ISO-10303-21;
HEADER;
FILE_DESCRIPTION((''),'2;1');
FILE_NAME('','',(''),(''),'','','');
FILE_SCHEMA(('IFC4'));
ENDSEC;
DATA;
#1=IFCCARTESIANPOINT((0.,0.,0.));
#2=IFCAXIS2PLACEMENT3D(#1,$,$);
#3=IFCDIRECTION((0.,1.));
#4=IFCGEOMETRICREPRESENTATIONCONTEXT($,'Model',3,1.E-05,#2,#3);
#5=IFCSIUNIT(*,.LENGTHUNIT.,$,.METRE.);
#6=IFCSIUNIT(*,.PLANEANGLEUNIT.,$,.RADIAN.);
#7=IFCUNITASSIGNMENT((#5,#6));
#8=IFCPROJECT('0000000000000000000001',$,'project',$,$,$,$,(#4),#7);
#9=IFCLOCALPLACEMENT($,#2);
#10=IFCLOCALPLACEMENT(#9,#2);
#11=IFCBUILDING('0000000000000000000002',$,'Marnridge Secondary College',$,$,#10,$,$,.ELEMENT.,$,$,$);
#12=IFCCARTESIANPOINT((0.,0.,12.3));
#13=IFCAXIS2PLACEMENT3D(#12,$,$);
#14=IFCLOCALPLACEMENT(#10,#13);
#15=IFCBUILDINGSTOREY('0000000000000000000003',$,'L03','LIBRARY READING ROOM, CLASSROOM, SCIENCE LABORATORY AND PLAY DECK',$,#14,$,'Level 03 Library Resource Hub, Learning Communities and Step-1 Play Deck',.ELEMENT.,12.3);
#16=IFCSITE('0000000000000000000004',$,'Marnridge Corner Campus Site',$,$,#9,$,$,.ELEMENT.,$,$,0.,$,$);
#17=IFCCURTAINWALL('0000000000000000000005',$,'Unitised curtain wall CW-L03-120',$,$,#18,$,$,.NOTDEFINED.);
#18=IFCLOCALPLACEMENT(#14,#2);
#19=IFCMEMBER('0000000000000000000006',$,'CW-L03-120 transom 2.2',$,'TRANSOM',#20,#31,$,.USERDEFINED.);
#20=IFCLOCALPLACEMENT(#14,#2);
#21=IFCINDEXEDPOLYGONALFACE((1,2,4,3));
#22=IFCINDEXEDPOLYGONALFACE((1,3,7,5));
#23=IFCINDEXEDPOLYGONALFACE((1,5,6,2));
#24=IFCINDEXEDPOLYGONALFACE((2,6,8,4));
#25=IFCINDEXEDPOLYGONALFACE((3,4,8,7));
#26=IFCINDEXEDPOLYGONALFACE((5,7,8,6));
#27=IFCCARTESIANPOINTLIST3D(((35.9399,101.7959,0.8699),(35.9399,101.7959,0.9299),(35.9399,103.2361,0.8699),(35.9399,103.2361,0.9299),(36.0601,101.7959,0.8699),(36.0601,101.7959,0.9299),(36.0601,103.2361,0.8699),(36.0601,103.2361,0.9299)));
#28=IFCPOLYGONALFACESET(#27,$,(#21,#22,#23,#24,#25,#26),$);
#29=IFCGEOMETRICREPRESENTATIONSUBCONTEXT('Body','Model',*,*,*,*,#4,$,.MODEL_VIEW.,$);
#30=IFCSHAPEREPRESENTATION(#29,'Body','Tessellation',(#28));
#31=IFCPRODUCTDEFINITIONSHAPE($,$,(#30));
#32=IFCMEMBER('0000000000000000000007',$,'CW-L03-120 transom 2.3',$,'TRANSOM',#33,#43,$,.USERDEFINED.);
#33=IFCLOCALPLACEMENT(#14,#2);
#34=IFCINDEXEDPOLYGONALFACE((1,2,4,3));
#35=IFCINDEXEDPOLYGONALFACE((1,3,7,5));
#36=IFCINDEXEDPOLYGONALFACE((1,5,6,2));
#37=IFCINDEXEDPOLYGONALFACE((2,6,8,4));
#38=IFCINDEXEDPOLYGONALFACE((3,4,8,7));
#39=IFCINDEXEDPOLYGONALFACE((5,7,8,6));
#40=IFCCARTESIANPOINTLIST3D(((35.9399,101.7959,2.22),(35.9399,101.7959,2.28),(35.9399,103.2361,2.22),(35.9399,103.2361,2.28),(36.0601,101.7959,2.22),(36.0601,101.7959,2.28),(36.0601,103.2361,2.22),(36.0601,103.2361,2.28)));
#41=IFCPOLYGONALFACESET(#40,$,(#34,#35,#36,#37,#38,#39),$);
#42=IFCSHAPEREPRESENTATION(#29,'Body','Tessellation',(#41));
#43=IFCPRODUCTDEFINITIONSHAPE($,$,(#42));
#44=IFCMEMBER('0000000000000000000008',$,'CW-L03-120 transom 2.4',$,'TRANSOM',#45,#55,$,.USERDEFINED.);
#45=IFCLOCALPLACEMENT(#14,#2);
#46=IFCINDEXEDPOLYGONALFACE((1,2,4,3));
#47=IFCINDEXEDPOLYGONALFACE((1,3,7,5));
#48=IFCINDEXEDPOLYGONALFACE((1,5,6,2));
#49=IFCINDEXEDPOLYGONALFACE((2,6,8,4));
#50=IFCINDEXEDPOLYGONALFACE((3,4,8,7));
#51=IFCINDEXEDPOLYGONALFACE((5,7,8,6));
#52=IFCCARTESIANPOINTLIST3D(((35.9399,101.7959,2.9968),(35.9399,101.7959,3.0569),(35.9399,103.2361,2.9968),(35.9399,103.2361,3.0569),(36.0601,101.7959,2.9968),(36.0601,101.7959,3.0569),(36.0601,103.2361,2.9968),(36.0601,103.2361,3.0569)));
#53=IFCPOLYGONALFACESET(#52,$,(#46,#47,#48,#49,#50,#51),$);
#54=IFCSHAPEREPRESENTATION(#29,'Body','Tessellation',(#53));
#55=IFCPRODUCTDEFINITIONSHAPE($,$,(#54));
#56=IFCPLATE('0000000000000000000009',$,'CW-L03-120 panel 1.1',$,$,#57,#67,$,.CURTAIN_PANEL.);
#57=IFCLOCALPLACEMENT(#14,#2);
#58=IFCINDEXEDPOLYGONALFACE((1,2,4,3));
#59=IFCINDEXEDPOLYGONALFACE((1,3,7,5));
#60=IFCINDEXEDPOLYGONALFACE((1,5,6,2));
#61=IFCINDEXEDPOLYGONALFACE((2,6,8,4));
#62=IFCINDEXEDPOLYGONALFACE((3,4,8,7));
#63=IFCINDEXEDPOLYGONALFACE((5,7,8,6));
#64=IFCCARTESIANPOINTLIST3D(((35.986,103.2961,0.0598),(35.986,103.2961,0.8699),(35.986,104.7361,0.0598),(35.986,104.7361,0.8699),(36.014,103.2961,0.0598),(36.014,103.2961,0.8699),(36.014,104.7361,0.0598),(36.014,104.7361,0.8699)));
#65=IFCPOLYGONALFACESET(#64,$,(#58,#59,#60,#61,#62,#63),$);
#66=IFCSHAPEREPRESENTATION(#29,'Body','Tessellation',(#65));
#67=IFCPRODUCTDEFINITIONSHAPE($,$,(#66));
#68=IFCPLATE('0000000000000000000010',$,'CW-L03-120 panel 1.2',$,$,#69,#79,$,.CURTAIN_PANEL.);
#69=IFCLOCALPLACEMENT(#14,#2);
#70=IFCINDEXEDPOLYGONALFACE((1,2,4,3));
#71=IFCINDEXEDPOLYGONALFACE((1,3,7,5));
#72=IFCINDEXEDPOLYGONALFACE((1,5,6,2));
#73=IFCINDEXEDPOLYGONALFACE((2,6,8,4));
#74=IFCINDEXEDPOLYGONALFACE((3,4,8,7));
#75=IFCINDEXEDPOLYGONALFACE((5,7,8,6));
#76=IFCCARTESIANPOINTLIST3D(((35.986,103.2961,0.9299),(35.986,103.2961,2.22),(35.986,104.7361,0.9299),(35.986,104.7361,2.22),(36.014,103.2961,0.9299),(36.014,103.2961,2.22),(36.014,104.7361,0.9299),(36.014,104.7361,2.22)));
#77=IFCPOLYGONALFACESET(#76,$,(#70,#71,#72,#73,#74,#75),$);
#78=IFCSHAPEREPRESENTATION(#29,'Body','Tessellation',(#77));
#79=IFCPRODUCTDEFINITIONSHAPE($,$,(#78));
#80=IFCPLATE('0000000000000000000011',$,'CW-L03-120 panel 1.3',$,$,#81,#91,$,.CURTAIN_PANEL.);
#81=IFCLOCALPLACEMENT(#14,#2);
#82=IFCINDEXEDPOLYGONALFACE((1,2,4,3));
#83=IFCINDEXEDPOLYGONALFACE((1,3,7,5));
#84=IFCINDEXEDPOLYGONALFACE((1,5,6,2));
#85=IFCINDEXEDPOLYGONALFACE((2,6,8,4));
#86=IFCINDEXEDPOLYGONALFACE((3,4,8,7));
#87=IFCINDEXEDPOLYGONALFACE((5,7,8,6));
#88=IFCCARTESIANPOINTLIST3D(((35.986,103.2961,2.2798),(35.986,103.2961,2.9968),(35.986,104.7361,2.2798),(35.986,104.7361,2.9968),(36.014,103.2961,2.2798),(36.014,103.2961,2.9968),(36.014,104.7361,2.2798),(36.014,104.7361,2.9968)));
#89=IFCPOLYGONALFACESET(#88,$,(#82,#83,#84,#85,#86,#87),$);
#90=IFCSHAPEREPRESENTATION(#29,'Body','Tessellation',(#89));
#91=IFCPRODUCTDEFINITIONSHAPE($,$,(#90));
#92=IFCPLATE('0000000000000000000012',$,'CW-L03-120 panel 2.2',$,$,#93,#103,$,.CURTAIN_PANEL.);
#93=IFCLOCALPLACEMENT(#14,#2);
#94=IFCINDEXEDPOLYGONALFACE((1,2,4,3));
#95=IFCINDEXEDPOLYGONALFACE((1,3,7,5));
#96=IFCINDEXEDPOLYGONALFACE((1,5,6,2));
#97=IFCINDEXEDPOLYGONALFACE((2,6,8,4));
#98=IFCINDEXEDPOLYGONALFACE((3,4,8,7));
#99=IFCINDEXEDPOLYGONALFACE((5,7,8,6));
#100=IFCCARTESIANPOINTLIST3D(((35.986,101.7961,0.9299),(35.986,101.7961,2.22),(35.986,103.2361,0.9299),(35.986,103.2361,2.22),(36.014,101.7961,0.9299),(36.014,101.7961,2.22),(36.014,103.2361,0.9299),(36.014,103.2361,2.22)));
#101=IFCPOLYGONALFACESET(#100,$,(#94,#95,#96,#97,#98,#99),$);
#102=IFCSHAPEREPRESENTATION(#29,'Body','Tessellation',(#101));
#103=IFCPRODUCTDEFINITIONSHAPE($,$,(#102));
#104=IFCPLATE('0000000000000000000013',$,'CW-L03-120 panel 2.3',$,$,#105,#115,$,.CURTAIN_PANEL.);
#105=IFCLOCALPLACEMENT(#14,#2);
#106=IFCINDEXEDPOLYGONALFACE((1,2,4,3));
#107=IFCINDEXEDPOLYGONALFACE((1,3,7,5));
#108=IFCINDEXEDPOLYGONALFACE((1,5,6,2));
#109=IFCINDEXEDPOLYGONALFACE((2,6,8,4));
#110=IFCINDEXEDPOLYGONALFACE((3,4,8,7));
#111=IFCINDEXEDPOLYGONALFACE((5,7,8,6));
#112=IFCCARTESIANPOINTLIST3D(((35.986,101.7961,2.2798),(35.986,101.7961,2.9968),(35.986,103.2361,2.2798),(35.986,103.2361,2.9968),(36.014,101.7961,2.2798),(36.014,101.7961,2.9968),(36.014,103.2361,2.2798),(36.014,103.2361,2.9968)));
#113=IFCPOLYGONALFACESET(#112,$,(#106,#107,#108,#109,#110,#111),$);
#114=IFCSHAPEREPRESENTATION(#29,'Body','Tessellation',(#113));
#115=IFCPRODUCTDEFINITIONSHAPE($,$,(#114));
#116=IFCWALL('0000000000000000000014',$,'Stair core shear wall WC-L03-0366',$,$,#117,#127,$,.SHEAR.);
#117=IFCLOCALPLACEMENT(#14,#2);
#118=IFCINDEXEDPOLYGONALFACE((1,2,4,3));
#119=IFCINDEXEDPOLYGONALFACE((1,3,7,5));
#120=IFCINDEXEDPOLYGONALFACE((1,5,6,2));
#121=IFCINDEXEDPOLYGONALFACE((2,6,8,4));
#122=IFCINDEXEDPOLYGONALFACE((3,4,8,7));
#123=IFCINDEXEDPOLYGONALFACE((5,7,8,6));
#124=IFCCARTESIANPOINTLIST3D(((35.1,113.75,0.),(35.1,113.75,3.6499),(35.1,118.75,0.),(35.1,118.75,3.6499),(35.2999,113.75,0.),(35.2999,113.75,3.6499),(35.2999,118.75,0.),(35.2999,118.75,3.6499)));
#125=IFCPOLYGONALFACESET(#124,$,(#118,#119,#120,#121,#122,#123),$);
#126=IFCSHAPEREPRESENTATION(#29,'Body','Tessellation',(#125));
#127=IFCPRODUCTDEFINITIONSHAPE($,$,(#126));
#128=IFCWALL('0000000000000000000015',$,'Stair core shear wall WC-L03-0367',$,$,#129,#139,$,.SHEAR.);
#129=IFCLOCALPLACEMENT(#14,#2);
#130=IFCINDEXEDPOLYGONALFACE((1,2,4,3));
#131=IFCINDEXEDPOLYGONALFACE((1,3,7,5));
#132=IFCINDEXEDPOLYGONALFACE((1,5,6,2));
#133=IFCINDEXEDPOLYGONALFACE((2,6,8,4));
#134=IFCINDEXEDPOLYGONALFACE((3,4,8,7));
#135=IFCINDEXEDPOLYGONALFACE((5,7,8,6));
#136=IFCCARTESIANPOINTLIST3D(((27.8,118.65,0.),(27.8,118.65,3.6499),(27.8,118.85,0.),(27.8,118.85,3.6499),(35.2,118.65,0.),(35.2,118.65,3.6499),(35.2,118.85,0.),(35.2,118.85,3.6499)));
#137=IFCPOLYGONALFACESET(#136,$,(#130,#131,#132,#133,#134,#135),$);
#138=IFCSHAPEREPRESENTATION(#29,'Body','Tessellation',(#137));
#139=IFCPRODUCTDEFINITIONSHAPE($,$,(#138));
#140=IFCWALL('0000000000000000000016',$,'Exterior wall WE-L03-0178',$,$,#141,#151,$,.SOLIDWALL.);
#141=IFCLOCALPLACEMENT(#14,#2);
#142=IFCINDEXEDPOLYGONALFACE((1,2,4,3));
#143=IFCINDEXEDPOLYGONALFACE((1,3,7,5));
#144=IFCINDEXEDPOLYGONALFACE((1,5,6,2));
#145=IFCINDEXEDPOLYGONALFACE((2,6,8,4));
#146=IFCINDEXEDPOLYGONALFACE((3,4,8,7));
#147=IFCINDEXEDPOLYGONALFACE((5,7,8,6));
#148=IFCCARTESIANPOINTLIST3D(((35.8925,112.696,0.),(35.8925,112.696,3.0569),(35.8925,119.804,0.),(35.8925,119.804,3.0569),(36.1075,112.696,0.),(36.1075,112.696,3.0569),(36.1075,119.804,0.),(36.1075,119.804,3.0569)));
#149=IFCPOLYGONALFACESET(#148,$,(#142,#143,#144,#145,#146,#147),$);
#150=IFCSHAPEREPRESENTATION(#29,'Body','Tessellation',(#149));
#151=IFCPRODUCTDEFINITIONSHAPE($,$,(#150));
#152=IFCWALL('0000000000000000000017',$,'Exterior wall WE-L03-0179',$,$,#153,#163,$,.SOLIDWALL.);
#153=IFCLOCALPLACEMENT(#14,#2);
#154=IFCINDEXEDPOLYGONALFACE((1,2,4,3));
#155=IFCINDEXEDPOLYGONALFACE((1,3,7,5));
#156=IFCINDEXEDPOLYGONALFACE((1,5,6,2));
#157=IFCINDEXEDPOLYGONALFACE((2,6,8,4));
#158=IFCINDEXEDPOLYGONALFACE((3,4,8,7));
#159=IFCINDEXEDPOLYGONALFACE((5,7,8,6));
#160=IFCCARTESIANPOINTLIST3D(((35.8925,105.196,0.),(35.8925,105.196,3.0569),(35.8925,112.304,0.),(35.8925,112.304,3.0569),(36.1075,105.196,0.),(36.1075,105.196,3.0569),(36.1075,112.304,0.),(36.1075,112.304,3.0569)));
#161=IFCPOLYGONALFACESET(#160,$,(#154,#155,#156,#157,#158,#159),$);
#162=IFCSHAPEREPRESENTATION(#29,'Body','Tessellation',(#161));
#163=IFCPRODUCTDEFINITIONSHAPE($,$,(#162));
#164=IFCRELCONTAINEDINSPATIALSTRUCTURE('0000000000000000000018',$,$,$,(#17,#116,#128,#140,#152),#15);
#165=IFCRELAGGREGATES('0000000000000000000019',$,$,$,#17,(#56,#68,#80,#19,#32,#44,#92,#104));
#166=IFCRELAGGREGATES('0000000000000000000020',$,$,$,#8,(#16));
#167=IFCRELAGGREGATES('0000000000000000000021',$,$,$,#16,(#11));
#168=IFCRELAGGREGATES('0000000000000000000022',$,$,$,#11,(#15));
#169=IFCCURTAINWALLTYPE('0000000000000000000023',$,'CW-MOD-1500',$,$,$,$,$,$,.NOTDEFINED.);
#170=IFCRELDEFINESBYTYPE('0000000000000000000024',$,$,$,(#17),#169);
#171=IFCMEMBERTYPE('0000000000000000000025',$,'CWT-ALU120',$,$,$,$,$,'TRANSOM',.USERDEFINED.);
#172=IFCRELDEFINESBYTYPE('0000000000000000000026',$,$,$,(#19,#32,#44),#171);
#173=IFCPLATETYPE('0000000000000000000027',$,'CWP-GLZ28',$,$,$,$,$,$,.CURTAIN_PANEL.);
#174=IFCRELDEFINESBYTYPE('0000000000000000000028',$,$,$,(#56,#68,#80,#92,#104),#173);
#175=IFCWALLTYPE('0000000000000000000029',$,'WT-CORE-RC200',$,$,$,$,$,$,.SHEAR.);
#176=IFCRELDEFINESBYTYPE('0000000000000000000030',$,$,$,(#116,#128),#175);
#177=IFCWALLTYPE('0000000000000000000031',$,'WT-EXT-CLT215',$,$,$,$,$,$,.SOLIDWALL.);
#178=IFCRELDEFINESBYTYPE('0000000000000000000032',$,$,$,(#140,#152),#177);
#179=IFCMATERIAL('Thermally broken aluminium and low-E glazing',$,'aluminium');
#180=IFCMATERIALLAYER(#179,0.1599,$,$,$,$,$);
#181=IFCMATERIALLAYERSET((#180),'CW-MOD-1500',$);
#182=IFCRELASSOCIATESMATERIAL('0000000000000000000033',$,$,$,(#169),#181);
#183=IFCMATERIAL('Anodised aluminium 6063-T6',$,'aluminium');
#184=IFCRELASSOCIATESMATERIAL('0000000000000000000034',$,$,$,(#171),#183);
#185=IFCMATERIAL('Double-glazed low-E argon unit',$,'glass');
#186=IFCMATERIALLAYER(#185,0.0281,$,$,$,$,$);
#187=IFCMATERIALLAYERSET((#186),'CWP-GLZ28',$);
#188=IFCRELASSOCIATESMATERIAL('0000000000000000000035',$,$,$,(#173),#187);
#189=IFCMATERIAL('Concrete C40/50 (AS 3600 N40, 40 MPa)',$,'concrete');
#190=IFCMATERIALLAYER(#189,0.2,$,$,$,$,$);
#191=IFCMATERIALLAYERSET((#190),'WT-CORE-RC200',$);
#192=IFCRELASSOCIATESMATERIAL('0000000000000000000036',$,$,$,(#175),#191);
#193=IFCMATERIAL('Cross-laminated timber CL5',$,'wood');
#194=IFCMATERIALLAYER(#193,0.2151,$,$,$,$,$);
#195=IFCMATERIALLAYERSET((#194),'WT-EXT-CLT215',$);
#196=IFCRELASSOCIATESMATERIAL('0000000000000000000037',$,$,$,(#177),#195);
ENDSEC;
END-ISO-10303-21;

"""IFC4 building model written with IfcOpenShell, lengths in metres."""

from ifc_helpers import new_model, si_unit, direction, frame, frame_2d, origin, origin_2d, place, context, subcontext, project, spatial, rectangle, extrude, material, layer, layer_set, material_profile, profile_set, type_object, element, aggregate, save


model = new_model("IFC4")

# Units and contexts
model_context = context("Model", 3, precision=1e-05, world=origin(), true_north=direction((0.0, 1.0)))
body_context = subcontext(model_context, "Body", "Model", "MODEL_VIEW")
ifc_project = project(units=[si_unit("LENGTHUNIT", "METRE"), si_unit("PLANEANGLEUNIT", "RADIAN")], contexts=[model_context])

# Site, building, storey
site_placement = place(None, origin())
site = spatial("IfcSite", under=ifc_project, at=site_placement, Name="Marnridge Corner Campus Site", CompositionType="ELEMENT", RefElevation=0.0)
building_placement = place(site_placement, origin())
building = spatial("IfcBuilding", under=site, at=building_placement, Name="Marnridge Secondary College", CompositionType="ELEMENT")
storey_placement = place(building_placement, frame((0.0, 0.0, 12.3)))
storey = spatial("IfcBuildingStorey", under=building, at=storey_placement, Name="L03", Description="LIBRARY READING ROOM, CLASSROOM, SCIENCE LABORATORY AND PLAY DECK", LongName="Level 03 Library Resource Hub, Learning Communities and Step-1 Play Deck", CompositionType="ELEMENT", Elevation=12.3)

# Curtain wall, members, plates
ifc_material_1 = material(Name="Thermally broken aluminium and low-E glazing", Category="aluminium")
ifc_layer_1 = layer(ifc_material_1, 0.1599)
ifc_layer_set_1 = layer_set([ifc_layer_1], Name="CW-MOD-1500")
curtain_wall_type = type_object("IfcCurtainWallType", Name="CW-MOD-1500", PredefinedType="NOTDEFINED", material=ifc_layer_set_1)
curtain_wall_placement = place(storey_placement, origin())
curtain_wall = element("IfcCurtainWall", 1, at=curtain_wall_placement, inside=storey, type_object=curtain_wall_type, Name="Unitised curtain wall CW-L03-120", PredefinedType="NOTDEFINED")
ifc_material_2 = material(Name="Anodised aluminium 6063-T6", Category="aluminium")
ifc_material_profile_1 = material_profile(ifc_material_2, rectangle(XDim=0.0601, YDim=0.1201, at=origin_2d()), Name="ALU 60x120")
ifc_profile_set_1 = profile_set([ifc_material_profile_1], Name="Anodised aluminium 6063-T6")
member_type_1 = type_object("IfcMemberType", Name="CWT-ALU120", ElementType="TRANSOM", PredefinedType="USERDEFINED", material=ifc_profile_set_1)
member_1_placement = place(storey_placement, frame((36.0, 103.2361, 0.8999), z_axis=(0.0, -1.0, 0.0), x_axis=(0.0, 0.0, 1.0)))
member_1 = element("IfcMember", 2, at=member_1_placement, type_object=member_type_1, Name="CW-L03-120 transom 2.2", ObjectType="TRANSOM", PredefinedType="USERDEFINED", context=body_context, shape_type="SweptSolid", body=[
    extrude(rectangle(XDim=0.0601, YDim=0.1201, at=origin_2d()), origin(), (0.0, 0.0, 1.0), 1.4402),
])
member_2_placement = place(storey_placement, frame((36.0, 103.2361, 2.25), z_axis=(0.0, -1.0, 0.0), x_axis=(0.0, 0.0, 1.0)))
member_2 = element("IfcMember", 3, at=member_2_placement, type_object=member_type_1, Name="CW-L03-120 transom 2.3", ObjectType="TRANSOM", PredefinedType="USERDEFINED", context=body_context, shape_type="SweptSolid", body=[
    extrude(rectangle(XDim=0.0601, YDim=0.1201, at=origin_2d()), origin(), (0.0, 0.0, 1.0), 1.4402),
])
member_3_placement = place(storey_placement, frame((36.0, 103.2361, 3.0269), z_axis=(0.0, -1.0, 0.0), x_axis=(0.0, 0.0, 1.0)))
member_3 = element("IfcMember", 4, at=member_3_placement, type_object=member_type_1, Name="CW-L03-120 transom 2.4", ObjectType="TRANSOM", PredefinedType="USERDEFINED", context=body_context, shape_type="SweptSolid", body=[
    extrude(rectangle(XDim=0.0601, YDim=0.1201, at=origin_2d()), origin(), (0.0, 0.0, 1.0), 1.4402),
])
ifc_material_3 = material(Name="Double-glazed low-E argon unit", Category="glass")
ifc_layer_2 = layer(ifc_material_3, 0.0281)
ifc_layer_set_2 = layer_set([ifc_layer_2], Name="CWP-GLZ28")
plate_type = type_object("IfcPlateType", Name="CWP-GLZ28", PredefinedType="CURTAIN_PANEL", material=ifc_layer_set_2)
plate_1_placement = place(storey_placement, frame((36.0, 104.0161, 0.0598), z_axis=(0.0, 0.0, 1.0), x_axis=(0.0, -1.0, 0.0)))
plate_1 = element("IfcPlate", 5, at=plate_1_placement, type_object=plate_type, Name="CW-L03-120 panel 1.1", PredefinedType="CURTAIN_PANEL", context=body_context, shape_type="SweptSolid", body=[
    extrude(rectangle(XDim=1.4399, YDim=0.0281, at=origin_2d()), origin(), (0.0, 0.0, 1.0), 0.8101),
])
plate_2_placement = place(storey_placement, frame((36.0, 104.0161, 0.9299), z_axis=(0.0, 0.0, 1.0), x_axis=(0.0, -1.0, 0.0)))
plate_2 = element("IfcPlate", 6, at=plate_2_placement, type_object=plate_type, Name="CW-L03-120 panel 1.2", PredefinedType="CURTAIN_PANEL", context=body_context, shape_type="SweptSolid", body=[
    extrude(rectangle(XDim=1.4399, YDim=0.0281, at=origin_2d()), origin(), (0.0, 0.0, 1.0), 1.29),
])
plate_3_placement = place(storey_placement, frame((36.0, 104.0161, 2.2798), z_axis=(0.0, 0.0, 1.0), x_axis=(0.0, -1.0, 0.0)))
plate_3 = element("IfcPlate", 7, at=plate_3_placement, type_object=plate_type, Name="CW-L03-120 panel 1.3", PredefinedType="CURTAIN_PANEL", context=body_context, shape_type="SweptSolid", body=[
    extrude(rectangle(XDim=1.4399, YDim=0.0281, at=origin_2d()), origin(), (0.0, 0.0, 1.0), 0.717),
])
plate_4_placement = place(storey_placement, frame((36.0, 102.5161, 0.9299), z_axis=(0.0, 0.0, 1.0), x_axis=(0.0, -1.0, 0.0)))
plate_4 = element("IfcPlate", 8, at=plate_4_placement, type_object=plate_type, Name="CW-L03-120 panel 2.2", PredefinedType="CURTAIN_PANEL", context=body_context, shape_type="SweptSolid", body=[
    extrude(rectangle(XDim=1.4399, YDim=0.0281, at=origin_2d()), origin(), (0.0, 0.0, 1.0), 1.29),
])
plate_5_placement = place(storey_placement, frame((36.0, 102.5161, 2.2798), z_axis=(0.0, 0.0, 1.0), x_axis=(0.0, -1.0, 0.0)))
plate_5 = element("IfcPlate", 9, at=plate_5_placement, type_object=plate_type, Name="CW-L03-120 panel 2.3", PredefinedType="CURTAIN_PANEL", context=body_context, shape_type="SweptSolid", body=[
    extrude(rectangle(XDim=1.4399, YDim=0.0281, at=origin_2d()), origin(), (0.0, 0.0, 1.0), 0.717),
])
aggregate(curtain_wall, [plate_1, plate_2, plate_3, member_1, member_2, member_3, plate_4, plate_5])

# Walls
ifc_material_4 = material(Name="Concrete C40/50 (AS 3600 N40, 40 MPa)", Category="concrete")
ifc_layer_3 = layer(ifc_material_4, 0.2)
ifc_layer_set_3 = layer_set([ifc_layer_3], Name="WT-CORE-RC200")
wall_type_1 = type_object("IfcWallType", Name="WT-CORE-RC200", PredefinedType="SHEAR", material=ifc_layer_set_3)
wall_1_placement = place(storey_placement, frame((35.2, 113.75, 0.0), z_axis=(0.0, 0.0, 1.0), x_axis=(0.0, 1.0, 0.0)))
element("IfcWall", 10, at=wall_1_placement, inside=storey, type_object=wall_type_1, Name="Stair core shear wall WC-L03-0366", PredefinedType="SHEAR", context=body_context, shape_type="SweptSolid", body=[
    extrude(rectangle(XDim=5.0, YDim=0.2, at=frame_2d((2.5, 0.0))), origin(), (0.0, 0.0, 1.0), 3.6499),
])
wall_2_placement = place(storey_placement, frame((35.2, 118.75, 0.0), z_axis=(0.0, 0.0, 1.0), x_axis=(-1.0, 0.0, 0.0)))
element("IfcWall", 11, at=wall_2_placement, inside=storey, type_object=wall_type_1, Name="Stair core shear wall WC-L03-0367", PredefinedType="SHEAR", context=body_context, shape_type="SweptSolid", body=[
    extrude(rectangle(XDim=7.3999, YDim=0.2, at=frame_2d((3.7, 0.0))), origin(), (0.0, 0.0, 1.0), 3.6499),
])
ifc_material_5 = material(Name="Cross-laminated timber CL5", Category="wood")
ifc_layer_4 = layer(ifc_material_5, 0.2151)
ifc_layer_set_4 = layer_set([ifc_layer_4], Name="WT-EXT-CLT215")
wall_type_2 = type_object("IfcWallType", Name="WT-EXT-CLT215", PredefinedType="SOLIDWALL", material=ifc_layer_set_4)
for number, where, z_axis, x_axis, name in (
    (12, (36.0, 119.804, 0.0), (0.0, 0.0, 1.0), (0.0, -1.0, 0.0), "Exterior wall WE-L03-0178"),
    (13, (36.0, 112.304, 0.0), (0.0, 0.0, 1.0), (0.0, -1.0, 0.0), "Exterior wall WE-L03-0179"),
):
    element("IfcWall", number, at=place(storey_placement, frame(where, z_axis=z_axis, x_axis=x_axis)), inside=storey, type_object=wall_type_2, Name=name, PredefinedType="SOLIDWALL", context=body_context, shape_type="SweptSolid", body=[
        extrude(rectangle(XDim=7.1079, YDim=0.2151, at=frame_2d((3.554, 0.0))), origin(), (0.0, 0.0, 1.0), 3.0569),
    ])

save(model, "model.ifc")
